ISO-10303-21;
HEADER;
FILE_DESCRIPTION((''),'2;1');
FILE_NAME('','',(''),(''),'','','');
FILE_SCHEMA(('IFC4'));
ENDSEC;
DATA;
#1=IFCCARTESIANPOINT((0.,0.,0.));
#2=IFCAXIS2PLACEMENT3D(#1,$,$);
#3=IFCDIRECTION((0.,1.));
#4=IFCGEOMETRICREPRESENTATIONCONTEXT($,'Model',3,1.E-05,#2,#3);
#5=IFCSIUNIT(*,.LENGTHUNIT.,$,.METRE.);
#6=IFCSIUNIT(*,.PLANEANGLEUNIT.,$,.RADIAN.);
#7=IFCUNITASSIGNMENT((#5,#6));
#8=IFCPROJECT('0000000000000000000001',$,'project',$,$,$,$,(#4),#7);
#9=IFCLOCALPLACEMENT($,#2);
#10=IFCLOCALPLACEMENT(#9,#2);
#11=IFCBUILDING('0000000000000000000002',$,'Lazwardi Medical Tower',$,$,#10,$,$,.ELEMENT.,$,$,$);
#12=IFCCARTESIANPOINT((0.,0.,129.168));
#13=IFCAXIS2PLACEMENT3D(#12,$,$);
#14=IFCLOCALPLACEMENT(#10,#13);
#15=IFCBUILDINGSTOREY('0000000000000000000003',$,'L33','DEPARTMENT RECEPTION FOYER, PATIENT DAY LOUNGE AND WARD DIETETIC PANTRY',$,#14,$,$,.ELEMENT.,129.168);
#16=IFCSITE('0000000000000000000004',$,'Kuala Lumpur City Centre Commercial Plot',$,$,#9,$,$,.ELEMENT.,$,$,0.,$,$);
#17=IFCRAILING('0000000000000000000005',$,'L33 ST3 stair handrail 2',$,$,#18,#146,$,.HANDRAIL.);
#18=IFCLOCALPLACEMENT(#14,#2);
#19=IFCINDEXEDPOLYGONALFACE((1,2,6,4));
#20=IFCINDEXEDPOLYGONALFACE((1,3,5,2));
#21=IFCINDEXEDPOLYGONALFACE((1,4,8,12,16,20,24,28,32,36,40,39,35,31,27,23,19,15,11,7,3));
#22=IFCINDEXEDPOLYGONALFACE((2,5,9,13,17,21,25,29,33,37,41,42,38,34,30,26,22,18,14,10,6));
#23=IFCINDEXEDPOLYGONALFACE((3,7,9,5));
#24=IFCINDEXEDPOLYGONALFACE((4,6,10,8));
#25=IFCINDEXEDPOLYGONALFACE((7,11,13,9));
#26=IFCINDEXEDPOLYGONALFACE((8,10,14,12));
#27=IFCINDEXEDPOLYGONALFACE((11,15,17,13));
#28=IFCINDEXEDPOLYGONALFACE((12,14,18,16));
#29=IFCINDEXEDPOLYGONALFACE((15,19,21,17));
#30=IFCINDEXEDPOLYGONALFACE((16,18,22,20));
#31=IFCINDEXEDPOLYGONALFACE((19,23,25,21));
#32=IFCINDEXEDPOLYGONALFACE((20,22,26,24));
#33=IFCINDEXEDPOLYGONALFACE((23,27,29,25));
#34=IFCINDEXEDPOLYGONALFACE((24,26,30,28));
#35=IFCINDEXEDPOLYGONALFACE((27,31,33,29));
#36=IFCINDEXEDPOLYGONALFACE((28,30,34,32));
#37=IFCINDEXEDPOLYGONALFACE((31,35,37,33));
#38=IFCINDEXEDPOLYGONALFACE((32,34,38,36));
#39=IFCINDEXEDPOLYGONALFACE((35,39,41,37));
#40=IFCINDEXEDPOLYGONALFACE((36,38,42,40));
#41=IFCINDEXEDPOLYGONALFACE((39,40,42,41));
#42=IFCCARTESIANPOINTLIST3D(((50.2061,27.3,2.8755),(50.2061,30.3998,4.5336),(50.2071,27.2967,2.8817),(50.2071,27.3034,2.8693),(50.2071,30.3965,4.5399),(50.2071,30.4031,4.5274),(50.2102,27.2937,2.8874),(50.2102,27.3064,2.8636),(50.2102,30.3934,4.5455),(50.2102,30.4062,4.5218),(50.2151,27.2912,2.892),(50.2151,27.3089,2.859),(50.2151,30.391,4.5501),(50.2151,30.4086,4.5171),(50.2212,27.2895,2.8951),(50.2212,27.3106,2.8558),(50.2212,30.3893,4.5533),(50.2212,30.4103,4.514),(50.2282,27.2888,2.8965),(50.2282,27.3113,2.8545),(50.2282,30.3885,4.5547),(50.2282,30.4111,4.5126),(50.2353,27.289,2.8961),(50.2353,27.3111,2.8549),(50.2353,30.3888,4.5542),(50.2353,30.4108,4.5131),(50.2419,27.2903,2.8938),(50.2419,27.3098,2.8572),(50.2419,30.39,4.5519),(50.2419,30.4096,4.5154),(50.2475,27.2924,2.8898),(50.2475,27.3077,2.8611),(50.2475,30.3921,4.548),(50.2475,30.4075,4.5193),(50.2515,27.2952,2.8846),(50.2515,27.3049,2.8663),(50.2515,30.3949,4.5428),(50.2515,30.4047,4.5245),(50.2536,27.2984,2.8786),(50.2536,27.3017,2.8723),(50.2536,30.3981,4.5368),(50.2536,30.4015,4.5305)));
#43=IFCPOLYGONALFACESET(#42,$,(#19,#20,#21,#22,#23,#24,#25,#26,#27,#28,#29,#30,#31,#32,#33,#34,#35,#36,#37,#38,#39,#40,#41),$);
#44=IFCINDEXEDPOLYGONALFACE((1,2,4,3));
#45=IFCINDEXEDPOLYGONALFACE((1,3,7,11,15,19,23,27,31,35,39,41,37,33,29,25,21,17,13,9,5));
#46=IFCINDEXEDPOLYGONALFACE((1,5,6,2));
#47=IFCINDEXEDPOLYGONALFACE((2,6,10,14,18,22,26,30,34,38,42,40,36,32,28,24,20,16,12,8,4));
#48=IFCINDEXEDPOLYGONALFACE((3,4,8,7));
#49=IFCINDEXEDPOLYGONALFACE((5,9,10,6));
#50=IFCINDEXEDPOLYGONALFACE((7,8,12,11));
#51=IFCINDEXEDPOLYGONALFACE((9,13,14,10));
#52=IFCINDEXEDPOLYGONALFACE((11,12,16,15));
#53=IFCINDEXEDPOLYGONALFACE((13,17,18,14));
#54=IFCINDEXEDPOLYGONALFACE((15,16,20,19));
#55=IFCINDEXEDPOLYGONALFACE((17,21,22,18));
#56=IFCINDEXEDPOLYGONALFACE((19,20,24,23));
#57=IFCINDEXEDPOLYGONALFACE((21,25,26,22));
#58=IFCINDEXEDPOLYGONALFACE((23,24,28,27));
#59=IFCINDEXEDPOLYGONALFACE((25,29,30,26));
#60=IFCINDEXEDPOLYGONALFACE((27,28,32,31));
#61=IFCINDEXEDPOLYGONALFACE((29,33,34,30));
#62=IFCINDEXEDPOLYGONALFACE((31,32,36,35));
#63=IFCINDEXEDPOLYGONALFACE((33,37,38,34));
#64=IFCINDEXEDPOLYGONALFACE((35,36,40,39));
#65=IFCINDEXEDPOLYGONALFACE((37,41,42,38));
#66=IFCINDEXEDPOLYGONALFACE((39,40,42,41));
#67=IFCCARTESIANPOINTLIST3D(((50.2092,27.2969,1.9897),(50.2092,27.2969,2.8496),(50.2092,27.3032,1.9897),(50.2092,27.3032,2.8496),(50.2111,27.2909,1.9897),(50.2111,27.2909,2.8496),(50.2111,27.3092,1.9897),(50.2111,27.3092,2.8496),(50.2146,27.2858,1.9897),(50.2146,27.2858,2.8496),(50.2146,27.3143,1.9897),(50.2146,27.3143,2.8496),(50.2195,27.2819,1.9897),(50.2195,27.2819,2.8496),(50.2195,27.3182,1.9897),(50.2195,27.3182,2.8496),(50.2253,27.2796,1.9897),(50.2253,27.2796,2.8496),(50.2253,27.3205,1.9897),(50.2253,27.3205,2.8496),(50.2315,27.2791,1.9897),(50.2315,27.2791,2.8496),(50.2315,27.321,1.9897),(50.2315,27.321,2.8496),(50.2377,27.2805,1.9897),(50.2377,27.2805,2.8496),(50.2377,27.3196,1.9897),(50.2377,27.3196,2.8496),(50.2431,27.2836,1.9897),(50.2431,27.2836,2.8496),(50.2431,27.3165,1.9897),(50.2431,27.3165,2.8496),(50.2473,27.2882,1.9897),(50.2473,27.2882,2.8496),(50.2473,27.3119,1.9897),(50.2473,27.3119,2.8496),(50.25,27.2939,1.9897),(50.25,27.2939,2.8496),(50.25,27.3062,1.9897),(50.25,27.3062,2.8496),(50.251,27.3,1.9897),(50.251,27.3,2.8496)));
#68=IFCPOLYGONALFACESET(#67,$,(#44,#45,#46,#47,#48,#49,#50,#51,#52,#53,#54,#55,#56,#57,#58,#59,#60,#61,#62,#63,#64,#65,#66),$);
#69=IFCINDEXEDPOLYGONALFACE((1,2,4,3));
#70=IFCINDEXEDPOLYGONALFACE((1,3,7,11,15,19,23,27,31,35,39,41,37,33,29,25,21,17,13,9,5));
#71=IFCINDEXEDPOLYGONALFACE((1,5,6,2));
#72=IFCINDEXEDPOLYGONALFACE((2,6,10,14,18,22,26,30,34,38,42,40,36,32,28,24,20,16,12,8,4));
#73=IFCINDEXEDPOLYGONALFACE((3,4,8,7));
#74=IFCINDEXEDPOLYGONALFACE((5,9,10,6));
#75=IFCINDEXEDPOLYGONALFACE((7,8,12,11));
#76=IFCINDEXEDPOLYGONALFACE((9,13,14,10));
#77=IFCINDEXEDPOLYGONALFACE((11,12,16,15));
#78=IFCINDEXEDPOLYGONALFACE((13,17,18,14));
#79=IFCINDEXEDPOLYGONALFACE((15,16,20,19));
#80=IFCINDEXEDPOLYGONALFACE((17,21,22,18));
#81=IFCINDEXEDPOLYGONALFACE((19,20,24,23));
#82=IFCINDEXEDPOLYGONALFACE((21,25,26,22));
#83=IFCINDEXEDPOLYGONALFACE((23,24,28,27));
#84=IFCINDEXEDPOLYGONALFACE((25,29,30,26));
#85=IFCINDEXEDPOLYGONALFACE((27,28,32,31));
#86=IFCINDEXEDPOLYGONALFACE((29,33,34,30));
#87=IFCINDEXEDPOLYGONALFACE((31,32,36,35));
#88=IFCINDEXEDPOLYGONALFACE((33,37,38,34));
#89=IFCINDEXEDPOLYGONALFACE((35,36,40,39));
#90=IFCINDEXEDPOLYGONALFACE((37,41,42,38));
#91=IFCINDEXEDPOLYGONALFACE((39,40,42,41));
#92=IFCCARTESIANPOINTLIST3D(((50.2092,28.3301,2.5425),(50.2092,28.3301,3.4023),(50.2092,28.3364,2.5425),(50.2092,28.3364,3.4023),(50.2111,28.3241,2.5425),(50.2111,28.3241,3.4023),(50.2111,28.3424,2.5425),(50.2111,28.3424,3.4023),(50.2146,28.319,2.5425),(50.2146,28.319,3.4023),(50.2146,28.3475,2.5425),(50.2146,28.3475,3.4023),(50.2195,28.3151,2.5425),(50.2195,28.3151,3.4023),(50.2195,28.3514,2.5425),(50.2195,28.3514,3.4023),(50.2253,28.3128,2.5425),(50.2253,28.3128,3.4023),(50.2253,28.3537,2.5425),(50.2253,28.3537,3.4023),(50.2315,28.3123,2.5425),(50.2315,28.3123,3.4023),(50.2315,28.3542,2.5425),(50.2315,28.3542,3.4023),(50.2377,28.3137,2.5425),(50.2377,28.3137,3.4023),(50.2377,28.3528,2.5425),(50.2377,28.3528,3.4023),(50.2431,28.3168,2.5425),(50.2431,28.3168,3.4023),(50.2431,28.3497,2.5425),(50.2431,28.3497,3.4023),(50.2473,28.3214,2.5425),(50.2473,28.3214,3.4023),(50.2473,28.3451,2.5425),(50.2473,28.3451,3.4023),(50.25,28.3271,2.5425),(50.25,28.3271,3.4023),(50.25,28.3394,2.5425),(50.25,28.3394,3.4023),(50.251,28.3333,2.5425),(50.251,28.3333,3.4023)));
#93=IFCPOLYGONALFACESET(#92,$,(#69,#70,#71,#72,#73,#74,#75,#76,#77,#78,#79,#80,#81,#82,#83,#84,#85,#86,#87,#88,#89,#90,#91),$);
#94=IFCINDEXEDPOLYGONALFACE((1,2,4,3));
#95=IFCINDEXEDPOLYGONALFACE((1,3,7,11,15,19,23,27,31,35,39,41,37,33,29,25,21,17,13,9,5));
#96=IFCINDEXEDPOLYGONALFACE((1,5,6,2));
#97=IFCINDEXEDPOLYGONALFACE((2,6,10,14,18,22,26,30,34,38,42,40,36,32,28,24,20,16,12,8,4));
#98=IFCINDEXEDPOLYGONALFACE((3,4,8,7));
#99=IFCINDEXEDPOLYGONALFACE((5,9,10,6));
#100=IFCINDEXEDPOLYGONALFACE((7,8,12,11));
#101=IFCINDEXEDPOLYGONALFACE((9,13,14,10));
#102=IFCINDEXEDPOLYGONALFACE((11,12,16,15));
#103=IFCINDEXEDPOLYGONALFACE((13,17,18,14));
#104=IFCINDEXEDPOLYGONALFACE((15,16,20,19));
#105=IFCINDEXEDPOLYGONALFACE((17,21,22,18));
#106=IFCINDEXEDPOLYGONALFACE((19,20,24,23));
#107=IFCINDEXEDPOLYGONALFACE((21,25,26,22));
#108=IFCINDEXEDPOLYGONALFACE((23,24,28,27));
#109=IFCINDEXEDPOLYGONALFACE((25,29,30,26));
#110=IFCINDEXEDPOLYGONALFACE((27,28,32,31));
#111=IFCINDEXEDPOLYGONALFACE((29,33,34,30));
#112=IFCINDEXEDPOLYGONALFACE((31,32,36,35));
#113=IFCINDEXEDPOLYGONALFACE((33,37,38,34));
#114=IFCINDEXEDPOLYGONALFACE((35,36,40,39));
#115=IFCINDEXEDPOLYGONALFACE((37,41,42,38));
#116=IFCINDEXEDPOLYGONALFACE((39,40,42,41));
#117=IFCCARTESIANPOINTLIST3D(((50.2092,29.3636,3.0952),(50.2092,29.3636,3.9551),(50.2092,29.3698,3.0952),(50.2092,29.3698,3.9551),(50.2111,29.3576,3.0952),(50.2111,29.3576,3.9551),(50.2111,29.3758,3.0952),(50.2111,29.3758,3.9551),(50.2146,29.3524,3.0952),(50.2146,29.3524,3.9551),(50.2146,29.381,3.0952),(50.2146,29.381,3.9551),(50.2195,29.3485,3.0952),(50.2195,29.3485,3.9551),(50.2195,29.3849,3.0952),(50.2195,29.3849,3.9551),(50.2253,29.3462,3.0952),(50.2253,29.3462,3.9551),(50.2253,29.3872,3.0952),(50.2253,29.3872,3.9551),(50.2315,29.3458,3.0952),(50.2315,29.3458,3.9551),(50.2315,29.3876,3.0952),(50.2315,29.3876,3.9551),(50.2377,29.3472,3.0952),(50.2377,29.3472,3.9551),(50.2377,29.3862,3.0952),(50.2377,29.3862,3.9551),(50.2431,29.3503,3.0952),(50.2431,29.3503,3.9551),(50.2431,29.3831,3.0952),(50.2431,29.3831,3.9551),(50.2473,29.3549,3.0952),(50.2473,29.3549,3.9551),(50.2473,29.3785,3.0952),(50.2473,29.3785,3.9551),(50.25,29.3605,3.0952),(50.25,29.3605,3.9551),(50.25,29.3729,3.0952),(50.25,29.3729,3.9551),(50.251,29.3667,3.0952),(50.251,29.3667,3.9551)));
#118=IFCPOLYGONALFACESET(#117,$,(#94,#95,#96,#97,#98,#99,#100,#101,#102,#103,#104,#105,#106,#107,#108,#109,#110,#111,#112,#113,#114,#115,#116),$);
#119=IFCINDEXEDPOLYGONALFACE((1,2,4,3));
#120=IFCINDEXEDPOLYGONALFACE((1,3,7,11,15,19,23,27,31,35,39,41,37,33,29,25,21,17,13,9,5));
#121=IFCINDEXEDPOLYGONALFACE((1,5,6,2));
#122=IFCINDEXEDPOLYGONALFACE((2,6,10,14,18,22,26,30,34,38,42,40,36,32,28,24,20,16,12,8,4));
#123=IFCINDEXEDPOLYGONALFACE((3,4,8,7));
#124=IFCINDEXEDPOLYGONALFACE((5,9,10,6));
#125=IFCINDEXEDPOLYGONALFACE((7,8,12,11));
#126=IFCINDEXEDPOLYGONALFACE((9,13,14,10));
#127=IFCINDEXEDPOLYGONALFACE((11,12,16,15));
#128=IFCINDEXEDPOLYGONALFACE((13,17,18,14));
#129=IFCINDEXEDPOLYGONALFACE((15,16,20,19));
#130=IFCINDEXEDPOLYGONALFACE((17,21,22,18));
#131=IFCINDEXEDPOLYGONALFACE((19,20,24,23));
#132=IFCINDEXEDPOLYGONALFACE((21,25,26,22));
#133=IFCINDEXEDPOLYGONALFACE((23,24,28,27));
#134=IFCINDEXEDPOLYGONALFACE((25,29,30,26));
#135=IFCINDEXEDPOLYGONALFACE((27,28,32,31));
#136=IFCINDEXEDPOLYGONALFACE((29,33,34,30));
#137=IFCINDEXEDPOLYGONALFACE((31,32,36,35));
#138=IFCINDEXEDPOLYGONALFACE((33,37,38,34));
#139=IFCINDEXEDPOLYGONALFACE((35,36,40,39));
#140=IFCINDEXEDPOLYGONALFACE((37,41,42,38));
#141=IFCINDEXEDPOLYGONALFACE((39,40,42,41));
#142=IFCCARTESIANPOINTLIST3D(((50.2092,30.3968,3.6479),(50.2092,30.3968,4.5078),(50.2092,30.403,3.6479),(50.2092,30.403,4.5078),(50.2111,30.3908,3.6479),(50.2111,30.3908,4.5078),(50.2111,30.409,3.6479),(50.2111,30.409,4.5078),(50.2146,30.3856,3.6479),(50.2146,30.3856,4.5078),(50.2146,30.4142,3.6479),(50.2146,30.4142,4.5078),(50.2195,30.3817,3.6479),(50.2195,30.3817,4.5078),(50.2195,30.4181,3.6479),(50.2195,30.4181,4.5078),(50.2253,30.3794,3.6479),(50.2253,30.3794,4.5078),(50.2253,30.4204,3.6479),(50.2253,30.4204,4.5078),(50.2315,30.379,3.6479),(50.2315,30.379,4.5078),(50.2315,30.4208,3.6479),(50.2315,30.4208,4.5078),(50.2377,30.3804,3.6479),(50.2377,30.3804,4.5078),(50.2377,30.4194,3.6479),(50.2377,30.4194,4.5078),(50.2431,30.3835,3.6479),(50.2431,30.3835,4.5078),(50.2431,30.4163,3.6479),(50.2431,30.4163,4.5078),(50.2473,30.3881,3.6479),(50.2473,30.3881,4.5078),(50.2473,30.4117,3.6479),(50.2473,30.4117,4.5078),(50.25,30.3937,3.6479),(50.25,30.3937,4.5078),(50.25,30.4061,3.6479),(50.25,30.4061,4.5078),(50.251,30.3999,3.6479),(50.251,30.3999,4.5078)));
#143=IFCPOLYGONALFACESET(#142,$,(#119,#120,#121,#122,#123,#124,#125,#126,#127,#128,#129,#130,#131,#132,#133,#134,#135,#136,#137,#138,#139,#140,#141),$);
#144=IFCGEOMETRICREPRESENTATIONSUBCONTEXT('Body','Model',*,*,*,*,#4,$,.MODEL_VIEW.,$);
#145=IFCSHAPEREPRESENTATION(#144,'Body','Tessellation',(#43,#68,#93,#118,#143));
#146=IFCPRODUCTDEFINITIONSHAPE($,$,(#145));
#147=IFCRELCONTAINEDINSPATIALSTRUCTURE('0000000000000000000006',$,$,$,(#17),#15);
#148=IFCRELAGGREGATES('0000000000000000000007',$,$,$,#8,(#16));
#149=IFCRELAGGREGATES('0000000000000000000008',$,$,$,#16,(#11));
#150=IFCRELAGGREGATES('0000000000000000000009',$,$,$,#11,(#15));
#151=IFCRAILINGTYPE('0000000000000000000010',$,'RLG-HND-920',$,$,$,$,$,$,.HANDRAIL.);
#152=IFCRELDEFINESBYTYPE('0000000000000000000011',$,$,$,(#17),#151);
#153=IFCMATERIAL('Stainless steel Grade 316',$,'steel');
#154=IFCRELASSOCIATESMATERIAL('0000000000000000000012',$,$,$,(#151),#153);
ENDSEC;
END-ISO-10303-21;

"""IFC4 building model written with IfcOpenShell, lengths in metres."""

from ifc_helpers import new_model, si_unit, direction, frame, origin, origin_2d, place, context, subcontext, project, spatial, circle, extrude, material, type_object, element, save


model = new_model("IFC4")

# Units and contexts
model_context = context("Model", 3, precision=1e-05, world=origin(), true_north=direction((0.0, 1.0)))
body_context = subcontext(model_context, "Body", "Model", "MODEL_VIEW")
ifc_project = project(units=[si_unit("LENGTHUNIT", "METRE"), si_unit("PLANEANGLEUNIT", "RADIAN")], contexts=[model_context])

# Site, building, storey
site_placement = place(None, origin())
site = spatial("IfcSite", under=ifc_project, at=site_placement, Name="Kuala Lumpur City Centre Commercial Plot", CompositionType="ELEMENT", RefElevation=0.0)
building_placement = place(site_placement, origin())
building = spatial("IfcBuilding", under=site, at=building_placement, Name="Lazwardi Medical Tower", CompositionType="ELEMENT")
storey_placement = place(building_placement, frame((0.0, 0.0, 129.168)))
storey = spatial("IfcBuildingStorey", under=building, at=storey_placement, Name="L33", Description="DEPARTMENT RECEPTION FOYER, PATIENT DAY LOUNGE AND WARD DIETETIC PANTRY", CompositionType="ELEMENT", Elevation=129.168)

# Railing
ifc_material_1 = material(Name="Stainless steel Grade 316", Category="steel")
railing_type_1 = type_object("IfcRailingType", Name="RLG-HND-920", PredefinedType="HANDRAIL", material=ifc_material_1)
railing_1_placement = place(storey_placement, frame((50.23, 27.3, 1.9897)))
element("IfcRailing", 1, at=railing_1_placement, inside=storey, type_object=railing_type_1, Name="L33 ST3 stair handrail 2", PredefinedType="HANDRAIL", context=body_context, shape_type="SweptSolid", body=[
    extrude(circle(Radius=0.0239, at=origin_2d()), frame((0.0, 0.0, 0.8857), z_axis=(0.0, 0.881768, 0.471684), x_axis=(-1.0, 0.0, 0.0)), (0.0, 0.0, 1.0), 3.5154),
    extrude(circle(Radius=0.021, at=origin_2d()), origin(), (0.0, 0.0, 1.0), 0.8599),
    extrude(circle(Radius=0.021, at=origin_2d()), frame((0.0, 1.0332, 0.5527)), (0.0, 0.0, 1.0), 0.8599),
    extrude(circle(Radius=0.021, at=origin_2d()), frame((0.0, 2.0667, 1.1055)), (0.0, 0.0, 1.0), 0.8599),
    extrude(circle(Radius=0.021, at=origin_2d()), frame((0.0, 3.0999, 1.6582)), (0.0, 0.0, 1.0), 0.8599),
])

save(model, "model.ifc")
